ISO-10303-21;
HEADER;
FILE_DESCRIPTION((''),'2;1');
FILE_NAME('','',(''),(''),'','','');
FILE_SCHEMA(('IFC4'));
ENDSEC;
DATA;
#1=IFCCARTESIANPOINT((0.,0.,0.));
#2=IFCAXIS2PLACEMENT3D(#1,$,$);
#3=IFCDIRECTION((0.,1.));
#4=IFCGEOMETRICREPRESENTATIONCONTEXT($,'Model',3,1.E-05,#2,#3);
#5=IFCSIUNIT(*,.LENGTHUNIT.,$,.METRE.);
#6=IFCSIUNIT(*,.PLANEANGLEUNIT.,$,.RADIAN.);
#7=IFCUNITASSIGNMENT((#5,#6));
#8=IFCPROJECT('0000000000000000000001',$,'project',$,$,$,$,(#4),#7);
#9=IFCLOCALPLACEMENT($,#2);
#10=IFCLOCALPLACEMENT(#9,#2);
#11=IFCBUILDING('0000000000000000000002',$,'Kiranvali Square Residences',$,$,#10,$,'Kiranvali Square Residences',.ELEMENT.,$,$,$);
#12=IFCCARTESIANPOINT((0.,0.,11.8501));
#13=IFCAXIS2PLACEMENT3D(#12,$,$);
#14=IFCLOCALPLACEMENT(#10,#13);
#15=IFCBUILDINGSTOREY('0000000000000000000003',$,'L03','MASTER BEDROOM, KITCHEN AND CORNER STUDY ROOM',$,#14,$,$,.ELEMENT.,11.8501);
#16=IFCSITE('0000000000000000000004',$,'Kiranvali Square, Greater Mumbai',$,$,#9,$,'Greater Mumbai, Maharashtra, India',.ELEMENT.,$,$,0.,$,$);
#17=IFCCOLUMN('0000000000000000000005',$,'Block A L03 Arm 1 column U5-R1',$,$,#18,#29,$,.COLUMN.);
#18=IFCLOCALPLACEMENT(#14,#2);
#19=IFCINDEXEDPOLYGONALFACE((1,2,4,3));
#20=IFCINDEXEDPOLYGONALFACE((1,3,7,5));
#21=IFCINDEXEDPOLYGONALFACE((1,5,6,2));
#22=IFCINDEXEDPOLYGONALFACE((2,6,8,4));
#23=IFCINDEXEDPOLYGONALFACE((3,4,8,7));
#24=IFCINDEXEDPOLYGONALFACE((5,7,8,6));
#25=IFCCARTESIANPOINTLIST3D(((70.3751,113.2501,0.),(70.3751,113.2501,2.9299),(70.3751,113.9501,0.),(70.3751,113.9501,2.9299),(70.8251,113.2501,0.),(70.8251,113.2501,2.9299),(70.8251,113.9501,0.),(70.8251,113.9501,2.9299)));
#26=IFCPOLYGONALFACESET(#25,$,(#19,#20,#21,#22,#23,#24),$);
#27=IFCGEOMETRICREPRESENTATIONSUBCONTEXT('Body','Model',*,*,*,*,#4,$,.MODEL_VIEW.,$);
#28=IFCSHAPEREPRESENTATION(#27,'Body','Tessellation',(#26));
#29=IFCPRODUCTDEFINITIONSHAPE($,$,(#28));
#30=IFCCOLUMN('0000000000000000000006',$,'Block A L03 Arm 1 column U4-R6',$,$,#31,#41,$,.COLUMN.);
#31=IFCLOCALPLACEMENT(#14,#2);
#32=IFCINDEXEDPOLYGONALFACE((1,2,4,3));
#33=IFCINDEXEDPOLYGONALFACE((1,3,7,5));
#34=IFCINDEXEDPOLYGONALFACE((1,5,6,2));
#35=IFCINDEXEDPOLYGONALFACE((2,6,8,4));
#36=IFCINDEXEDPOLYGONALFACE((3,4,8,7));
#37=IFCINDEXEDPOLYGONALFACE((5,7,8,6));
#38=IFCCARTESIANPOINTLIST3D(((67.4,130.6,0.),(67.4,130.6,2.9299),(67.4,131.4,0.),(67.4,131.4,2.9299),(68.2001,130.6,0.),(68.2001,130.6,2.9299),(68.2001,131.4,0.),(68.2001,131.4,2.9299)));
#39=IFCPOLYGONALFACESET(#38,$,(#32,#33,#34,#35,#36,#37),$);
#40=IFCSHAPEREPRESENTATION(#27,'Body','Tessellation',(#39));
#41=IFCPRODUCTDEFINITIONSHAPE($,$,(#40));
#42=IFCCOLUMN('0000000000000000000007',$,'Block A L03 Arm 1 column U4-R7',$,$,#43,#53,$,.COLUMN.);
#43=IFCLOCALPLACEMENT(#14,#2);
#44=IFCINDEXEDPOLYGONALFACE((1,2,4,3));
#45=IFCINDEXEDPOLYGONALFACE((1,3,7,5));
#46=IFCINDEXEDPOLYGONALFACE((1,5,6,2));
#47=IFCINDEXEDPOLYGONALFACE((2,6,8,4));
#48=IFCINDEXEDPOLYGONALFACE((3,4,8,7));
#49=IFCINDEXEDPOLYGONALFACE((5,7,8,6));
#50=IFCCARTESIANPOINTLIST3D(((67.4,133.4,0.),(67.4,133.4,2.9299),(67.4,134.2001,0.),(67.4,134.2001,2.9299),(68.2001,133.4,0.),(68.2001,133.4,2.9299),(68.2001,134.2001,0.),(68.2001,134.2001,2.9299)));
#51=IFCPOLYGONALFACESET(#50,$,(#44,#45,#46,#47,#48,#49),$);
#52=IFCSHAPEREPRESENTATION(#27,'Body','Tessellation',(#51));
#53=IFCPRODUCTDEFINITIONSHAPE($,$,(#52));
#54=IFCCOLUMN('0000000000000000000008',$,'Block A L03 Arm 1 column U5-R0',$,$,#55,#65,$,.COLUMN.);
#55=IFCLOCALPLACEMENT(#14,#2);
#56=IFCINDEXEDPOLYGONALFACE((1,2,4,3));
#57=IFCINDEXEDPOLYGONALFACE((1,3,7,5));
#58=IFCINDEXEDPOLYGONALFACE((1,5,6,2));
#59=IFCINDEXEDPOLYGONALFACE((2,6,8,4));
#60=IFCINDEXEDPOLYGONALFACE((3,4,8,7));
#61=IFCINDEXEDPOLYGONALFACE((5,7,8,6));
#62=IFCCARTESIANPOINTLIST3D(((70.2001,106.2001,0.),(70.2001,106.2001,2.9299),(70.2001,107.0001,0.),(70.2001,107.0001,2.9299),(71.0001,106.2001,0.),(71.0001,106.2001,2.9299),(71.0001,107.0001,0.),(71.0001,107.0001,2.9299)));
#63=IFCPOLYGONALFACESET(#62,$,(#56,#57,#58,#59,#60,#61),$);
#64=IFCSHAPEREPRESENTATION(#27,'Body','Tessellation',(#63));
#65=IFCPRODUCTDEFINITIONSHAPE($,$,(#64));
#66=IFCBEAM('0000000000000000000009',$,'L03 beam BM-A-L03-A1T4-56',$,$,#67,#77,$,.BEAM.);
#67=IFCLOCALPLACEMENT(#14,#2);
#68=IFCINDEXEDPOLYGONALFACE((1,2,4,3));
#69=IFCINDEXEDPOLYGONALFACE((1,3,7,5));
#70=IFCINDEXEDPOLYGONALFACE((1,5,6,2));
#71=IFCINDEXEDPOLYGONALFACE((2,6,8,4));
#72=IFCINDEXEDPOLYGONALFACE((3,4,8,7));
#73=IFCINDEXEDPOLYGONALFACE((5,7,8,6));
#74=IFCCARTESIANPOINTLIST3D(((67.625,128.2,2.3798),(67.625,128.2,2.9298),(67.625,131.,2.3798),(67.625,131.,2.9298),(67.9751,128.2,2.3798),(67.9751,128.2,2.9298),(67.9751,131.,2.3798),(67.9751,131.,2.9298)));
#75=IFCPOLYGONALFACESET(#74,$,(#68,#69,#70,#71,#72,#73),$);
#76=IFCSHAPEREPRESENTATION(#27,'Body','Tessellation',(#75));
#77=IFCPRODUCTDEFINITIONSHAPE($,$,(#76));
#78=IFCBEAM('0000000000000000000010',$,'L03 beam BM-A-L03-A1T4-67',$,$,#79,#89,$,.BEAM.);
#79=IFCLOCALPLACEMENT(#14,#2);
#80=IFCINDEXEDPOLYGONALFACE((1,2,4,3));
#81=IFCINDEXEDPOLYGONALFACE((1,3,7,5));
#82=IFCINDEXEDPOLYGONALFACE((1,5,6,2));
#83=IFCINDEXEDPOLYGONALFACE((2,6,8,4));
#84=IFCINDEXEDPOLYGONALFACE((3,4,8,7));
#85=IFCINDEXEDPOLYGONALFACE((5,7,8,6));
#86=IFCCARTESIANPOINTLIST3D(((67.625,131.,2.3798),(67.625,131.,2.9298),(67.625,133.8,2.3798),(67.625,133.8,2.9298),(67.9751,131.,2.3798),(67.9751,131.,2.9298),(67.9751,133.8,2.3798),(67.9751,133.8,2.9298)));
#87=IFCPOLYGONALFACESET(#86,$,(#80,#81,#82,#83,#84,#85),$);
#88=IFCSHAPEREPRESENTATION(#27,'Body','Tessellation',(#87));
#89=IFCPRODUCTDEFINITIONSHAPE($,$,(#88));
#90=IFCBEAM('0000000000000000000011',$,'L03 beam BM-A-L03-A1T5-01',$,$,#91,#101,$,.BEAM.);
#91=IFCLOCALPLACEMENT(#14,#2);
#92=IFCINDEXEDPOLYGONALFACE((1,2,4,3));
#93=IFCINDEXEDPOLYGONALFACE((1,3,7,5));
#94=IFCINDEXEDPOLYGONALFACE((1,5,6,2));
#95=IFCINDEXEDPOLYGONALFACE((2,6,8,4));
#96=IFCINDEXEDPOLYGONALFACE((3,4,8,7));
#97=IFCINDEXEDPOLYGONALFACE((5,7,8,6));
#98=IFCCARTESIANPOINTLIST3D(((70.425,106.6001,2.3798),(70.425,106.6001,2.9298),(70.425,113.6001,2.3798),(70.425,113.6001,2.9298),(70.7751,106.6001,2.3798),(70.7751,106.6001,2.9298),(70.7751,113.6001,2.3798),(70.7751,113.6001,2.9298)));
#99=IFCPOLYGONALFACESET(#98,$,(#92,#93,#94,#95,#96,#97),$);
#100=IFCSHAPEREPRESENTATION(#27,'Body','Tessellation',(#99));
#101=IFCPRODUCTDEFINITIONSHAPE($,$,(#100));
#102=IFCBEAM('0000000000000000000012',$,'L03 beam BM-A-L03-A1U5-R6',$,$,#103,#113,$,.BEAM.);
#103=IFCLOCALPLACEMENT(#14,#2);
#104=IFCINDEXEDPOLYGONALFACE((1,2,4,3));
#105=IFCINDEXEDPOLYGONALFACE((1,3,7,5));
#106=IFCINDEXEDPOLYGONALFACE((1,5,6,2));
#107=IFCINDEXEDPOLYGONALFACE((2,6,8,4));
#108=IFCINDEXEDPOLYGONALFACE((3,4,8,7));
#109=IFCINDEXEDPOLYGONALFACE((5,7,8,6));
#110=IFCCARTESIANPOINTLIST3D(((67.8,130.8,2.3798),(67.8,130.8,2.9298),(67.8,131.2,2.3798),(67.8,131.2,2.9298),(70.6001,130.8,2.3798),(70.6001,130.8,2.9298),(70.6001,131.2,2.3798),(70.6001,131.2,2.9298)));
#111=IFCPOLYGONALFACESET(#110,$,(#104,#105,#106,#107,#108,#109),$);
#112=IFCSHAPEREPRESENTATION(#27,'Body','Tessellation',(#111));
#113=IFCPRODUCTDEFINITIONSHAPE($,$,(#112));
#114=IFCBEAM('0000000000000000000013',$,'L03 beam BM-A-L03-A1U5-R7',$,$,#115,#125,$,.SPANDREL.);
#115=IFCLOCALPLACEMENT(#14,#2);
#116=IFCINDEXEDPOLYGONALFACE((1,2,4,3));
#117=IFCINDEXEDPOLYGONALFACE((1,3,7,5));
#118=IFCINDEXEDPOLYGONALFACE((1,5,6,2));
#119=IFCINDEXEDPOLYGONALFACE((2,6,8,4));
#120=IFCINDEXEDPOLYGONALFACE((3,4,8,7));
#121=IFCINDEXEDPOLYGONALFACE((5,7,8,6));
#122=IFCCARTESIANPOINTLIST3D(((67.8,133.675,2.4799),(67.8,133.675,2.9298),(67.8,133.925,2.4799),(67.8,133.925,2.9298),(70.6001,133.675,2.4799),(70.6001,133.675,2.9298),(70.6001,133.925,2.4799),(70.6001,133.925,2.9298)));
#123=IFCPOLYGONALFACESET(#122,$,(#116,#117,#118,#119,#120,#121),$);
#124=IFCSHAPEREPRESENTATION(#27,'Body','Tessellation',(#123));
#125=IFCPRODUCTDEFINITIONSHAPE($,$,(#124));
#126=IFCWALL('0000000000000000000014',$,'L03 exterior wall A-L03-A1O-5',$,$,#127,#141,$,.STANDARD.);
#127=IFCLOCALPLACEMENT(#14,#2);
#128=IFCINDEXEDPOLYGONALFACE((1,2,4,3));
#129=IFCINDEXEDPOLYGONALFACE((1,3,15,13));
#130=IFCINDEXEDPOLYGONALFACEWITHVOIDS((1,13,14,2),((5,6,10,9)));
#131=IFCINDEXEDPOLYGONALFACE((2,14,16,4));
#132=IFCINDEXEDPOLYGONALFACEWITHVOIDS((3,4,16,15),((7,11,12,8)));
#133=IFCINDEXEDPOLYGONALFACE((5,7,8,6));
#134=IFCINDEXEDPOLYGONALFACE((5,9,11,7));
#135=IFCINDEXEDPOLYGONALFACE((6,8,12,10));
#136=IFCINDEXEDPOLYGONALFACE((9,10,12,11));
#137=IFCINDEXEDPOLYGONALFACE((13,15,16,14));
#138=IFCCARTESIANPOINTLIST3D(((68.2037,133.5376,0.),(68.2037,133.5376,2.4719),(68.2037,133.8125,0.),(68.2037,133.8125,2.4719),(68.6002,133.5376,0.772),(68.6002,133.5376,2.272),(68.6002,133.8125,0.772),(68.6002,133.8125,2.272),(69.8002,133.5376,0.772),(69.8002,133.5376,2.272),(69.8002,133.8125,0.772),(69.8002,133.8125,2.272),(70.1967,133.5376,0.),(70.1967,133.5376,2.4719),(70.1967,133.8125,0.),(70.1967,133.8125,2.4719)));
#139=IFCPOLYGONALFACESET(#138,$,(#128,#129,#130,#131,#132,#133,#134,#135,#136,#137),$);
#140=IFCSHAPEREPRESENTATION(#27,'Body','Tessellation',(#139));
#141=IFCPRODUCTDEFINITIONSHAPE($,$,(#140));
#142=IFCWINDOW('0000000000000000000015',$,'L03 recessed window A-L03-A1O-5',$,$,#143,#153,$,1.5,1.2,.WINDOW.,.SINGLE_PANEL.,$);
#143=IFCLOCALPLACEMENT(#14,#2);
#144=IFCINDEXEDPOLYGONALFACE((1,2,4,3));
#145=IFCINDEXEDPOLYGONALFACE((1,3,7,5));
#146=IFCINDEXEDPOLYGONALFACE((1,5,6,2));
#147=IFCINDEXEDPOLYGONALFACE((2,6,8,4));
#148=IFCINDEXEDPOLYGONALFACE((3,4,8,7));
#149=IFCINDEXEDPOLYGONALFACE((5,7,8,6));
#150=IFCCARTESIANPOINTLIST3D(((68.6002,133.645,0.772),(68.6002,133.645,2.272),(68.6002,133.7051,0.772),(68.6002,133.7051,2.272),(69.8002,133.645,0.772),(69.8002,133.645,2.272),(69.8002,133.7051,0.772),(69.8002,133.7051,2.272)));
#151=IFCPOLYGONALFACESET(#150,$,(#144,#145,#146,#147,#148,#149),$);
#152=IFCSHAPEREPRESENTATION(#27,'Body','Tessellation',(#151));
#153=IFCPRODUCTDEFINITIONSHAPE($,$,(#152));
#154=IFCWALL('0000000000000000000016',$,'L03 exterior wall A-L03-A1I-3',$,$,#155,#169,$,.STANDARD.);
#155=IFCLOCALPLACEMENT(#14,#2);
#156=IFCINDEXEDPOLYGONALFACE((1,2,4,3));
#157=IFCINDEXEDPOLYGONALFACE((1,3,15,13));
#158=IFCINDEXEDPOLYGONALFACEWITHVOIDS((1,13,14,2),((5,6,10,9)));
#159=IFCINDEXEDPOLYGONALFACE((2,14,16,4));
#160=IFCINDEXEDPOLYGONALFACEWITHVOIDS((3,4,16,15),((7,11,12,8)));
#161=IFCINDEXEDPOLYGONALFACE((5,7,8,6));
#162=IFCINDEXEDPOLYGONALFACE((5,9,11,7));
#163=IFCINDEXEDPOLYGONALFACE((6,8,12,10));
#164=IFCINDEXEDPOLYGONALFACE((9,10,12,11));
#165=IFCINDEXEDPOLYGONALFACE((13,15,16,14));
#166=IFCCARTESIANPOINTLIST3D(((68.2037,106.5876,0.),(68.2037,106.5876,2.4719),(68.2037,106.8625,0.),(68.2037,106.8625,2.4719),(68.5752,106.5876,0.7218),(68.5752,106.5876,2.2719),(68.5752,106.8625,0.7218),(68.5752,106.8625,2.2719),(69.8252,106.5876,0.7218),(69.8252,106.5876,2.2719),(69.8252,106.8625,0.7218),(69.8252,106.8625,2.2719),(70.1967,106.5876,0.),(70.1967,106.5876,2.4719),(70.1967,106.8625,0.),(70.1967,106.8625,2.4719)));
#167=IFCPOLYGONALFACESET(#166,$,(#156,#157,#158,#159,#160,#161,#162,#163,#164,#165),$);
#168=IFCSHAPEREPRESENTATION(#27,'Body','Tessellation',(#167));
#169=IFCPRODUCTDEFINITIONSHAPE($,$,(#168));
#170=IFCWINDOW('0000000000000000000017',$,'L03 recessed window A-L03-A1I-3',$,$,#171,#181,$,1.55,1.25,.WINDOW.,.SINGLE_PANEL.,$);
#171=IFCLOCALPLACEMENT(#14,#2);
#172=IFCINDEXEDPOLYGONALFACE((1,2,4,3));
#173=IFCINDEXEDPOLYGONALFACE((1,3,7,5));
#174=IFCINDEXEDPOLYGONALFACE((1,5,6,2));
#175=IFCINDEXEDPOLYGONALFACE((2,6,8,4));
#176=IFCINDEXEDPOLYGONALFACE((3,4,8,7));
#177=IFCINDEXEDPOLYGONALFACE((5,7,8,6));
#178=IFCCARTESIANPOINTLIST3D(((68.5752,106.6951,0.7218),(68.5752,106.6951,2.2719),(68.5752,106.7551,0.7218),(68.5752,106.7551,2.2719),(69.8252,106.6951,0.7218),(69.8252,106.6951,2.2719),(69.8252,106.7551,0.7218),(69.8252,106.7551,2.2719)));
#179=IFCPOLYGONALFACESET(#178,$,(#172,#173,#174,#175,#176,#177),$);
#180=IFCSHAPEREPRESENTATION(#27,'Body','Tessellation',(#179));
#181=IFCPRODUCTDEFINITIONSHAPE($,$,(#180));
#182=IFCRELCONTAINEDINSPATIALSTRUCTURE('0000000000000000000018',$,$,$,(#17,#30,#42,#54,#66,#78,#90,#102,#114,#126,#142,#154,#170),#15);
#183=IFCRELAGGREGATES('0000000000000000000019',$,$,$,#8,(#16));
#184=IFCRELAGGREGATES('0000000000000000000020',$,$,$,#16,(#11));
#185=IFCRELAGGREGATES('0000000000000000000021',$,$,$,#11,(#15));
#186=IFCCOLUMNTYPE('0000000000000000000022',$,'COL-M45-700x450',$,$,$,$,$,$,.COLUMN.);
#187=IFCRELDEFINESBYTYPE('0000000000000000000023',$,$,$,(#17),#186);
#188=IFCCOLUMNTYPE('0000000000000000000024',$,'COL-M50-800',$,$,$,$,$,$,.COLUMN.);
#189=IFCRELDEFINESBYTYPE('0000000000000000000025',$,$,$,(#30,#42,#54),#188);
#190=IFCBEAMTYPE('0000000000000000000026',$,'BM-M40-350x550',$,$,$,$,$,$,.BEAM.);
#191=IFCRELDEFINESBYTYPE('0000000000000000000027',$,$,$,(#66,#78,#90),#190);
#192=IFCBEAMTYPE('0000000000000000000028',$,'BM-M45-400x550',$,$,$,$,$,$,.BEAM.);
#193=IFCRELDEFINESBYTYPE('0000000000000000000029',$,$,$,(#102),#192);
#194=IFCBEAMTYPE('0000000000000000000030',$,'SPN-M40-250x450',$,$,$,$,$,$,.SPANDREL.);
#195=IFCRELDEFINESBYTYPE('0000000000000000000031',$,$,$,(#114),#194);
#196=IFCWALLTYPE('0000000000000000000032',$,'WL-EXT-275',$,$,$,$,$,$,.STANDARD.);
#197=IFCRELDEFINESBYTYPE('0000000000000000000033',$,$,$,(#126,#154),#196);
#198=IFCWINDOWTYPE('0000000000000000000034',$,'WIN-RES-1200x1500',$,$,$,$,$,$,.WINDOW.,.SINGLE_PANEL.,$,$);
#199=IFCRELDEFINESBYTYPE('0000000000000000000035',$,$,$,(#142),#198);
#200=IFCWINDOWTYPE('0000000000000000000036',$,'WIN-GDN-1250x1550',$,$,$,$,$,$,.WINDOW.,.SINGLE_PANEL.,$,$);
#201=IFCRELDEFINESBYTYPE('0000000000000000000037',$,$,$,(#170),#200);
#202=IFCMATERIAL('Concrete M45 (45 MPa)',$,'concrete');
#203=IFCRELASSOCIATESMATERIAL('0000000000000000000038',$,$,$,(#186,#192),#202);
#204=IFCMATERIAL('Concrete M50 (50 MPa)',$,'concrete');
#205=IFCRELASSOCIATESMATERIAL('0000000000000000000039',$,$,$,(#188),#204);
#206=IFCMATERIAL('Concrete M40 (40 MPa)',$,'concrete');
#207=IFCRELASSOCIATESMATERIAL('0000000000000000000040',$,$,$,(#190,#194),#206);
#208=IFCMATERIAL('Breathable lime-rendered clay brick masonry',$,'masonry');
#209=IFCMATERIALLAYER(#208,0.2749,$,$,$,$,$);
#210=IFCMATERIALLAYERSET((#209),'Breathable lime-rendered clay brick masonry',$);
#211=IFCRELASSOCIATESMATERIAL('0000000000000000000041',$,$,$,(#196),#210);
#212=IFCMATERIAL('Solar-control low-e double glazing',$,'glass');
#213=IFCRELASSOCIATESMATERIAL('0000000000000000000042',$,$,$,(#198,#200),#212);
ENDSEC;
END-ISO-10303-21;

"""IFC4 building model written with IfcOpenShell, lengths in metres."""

from ifc_helpers import new_model, si_unit, direction, frame, frame_2d, origin, origin_2d, place, context, subcontext, project, spatial, rectangle, extrude, material, layer, layer_set, material_profile, profile_set, type_object, element, fill, save


model = new_model("IFC4")

# Units and contexts
model_context = context("Model", 3, precision=1e-05, world=origin(), true_north=direction((0.0, 1.0)))
body_context = subcontext(model_context, "Body", "Model", "MODEL_VIEW")
ifc_project = project(units=[si_unit("LENGTHUNIT", "METRE"), si_unit("PLANEANGLEUNIT", "RADIAN")], contexts=[model_context])

# Site, building, storey
site_placement = place(None, origin())
site = spatial("IfcSite", under=ifc_project, at=site_placement, Name="Kiranvali Square, Greater Mumbai", LongName="Greater Mumbai, Maharashtra, India", CompositionType="ELEMENT", RefElevation=0.0)
building_placement = place(site_placement, origin())
building = spatial("IfcBuilding", under=site, at=building_placement, Name="Kiranvali Square Residences", LongName="Kiranvali Square Residences", CompositionType="ELEMENT")
storey_placement = place(building_placement, frame((0.0, 0.0, 11.8501)))
storey = spatial("IfcBuildingStorey", under=building, at=storey_placement, Name="L03", Description="MASTER BEDROOM, KITCHEN AND CORNER STUDY ROOM", CompositionType="ELEMENT", Elevation=11.8501)

# Columns
ifc_material_1 = material(Name="Concrete M45 (45 MPa)", Category="concrete")
ifc_material_profile_1 = material_profile(ifc_material_1, rectangle(XDim=0.45, YDim=0.7, at=origin_2d()), Name="RC 700x450")
ifc_profile_set_1 = profile_set([ifc_material_profile_1], Name="Concrete M45 (45 MPa)")
column_type_1 = type_object("IfcColumnType", Name="COL-M45-700x450", PredefinedType="COLUMN", material=ifc_profile_set_1)
column_placement = place(storey_placement, frame((70.6001, 113.6001, 0.0), z_axis=(0.0, 0.0, 1.0), x_axis=(1.0, 0.0, 0.0)))
element("IfcColumn", 1, at=column_placement, inside=storey, type_object=column_type_1, Name="Block A L03 Arm 1 column U5-R1", PredefinedType="COLUMN", context=body_context, shape_type="SweptSolid", body=[
    extrude(rectangle(XDim=0.45, YDim=0.7, at=origin_2d()), origin(), (0.0, 0.0, 1.0), 2.9299),
])
ifc_material_2 = material(Name="Concrete M50 (50 MPa)", Category="concrete")
ifc_material_profile_2 = material_profile(ifc_material_2, rectangle(XDim=0.8, YDim=0.8, at=origin_2d()), Name="RC 800x800")
ifc_profile_set_2 = profile_set([ifc_material_profile_2], Name="Concrete M50 (50 MPa)")
column_type_2 = type_object("IfcColumnType", Name="COL-M50-800", PredefinedType="COLUMN", material=ifc_profile_set_2)
for number, where, z_axis, x_axis, name in (
    (2, (67.8, 131.0, 0.0), (0.0, 0.0, 1.0), (1.0, 0.0, 0.0), "Block A L03 Arm 1 column U4-R6"),
    (3, (67.8, 133.8, 0.0), (0.0, 0.0, 1.0), (1.0, 0.0, 0.0), "Block A L03 Arm 1 column U4-R7"),
    (4, (70.6001, 106.6001, 0.0), (0.0, 0.0, 1.0), (1.0, 0.0, 0.0), "Block A L03 Arm 1 column U5-R0"),
):
    element("IfcColumn", number, at=place(storey_placement, frame(where, z_axis=z_axis, x_axis=x_axis)), inside=storey, type_object=column_type_2, Name=name, PredefinedType="COLUMN", context=body_context, shape_type="SweptSolid", body=[
        extrude(rectangle(XDim=0.8, YDim=0.8, at=origin_2d()), origin(), (0.0, 0.0, 1.0), 2.9299),
    ])

# Beams
ifc_material_3 = material(Name="Concrete M40 (40 MPa)", Category="concrete")
ifc_material_profile_3 = material_profile(ifc_material_3, rectangle(XDim=0.3501, YDim=0.55, at=origin_2d()), Name="RC 350x550")
ifc_profile_set_3 = profile_set([ifc_material_profile_3], Name="Concrete M40 (40 MPa)")
beam_type_1 = type_object("IfcBeamType", Name="BM-M40-350x550", PredefinedType="BEAM", material=ifc_profile_set_3)
for number, where, z_axis, x_axis, name in (
    (5, (67.8, 128.2, 2.6548), (0.0, 1.0, 0.0), (-1.0, 0.0, 0.0), "L03 beam BM-A-L03-A1T4-56"),
    (6, (67.8, 131.0, 2.6548), (0.0, 1.0, 0.0), (-1.0, 0.0, 0.0), "L03 beam BM-A-L03-A1T4-67"),
):
    element("IfcBeam", number, at=place(storey_placement, frame(where, z_axis=z_axis, x_axis=x_axis)), inside=storey, type_object=beam_type_1, Name=name, PredefinedType="BEAM", context=body_context, shape_type="SweptSolid", body=[
        extrude(rectangle(XDim=0.3501, YDim=0.55, at=origin_2d()), origin(), (0.0, 0.0, 1.0), 2.8),
    ])
beam_1_placement = place(storey_placement, frame((70.6001, 106.6001, 2.6548), z_axis=(0.0, 1.0, 0.0), x_axis=(-1.0, 0.0, 0.0)))
element("IfcBeam", 7, at=beam_1_placement, inside=storey, type_object=beam_type_1, Name="L03 beam BM-A-L03-A1T5-01", PredefinedType="BEAM", context=body_context, shape_type="SweptSolid", body=[
    extrude(rectangle(XDim=0.3501, YDim=0.55, at=origin_2d()), origin(), (0.0, 0.0, 1.0), 7.0),
])
ifc_material_profile_4 = material_profile(ifc_material_1, rectangle(XDim=0.3999, YDim=0.55, at=origin_2d()), Name="RC 400x550")
ifc_profile_set_4 = profile_set([ifc_material_profile_4], Name="Concrete M45 (45 MPa)")
beam_type_2 = type_object("IfcBeamType", Name="BM-M45-400x550", PredefinedType="BEAM", material=ifc_profile_set_4)
beam_2_placement = place(storey_placement, frame((67.8, 131.0, 2.6548), z_axis=(1.0, 0.0, 0.0), x_axis=(0.0, 1.0, 0.0)))
element("IfcBeam", 8, at=beam_2_placement, inside=storey, type_object=beam_type_2, Name="L03 beam BM-A-L03-A1U5-R6", PredefinedType="BEAM", context=body_context, shape_type="SweptSolid", body=[
    extrude(rectangle(XDim=0.3999, YDim=0.55, at=origin_2d()), origin(), (0.0, 0.0, 1.0), 2.8),
])
ifc_material_profile_5 = material_profile(ifc_material_3, rectangle(XDim=0.25, YDim=0.45, at=origin_2d()), Name="RC 250x450")
ifc_profile_set_5 = profile_set([ifc_material_profile_5], Name="Concrete M40 (40 MPa)")
beam_type_3 = type_object("IfcBeamType", Name="SPN-M40-250x450", PredefinedType="SPANDREL", material=ifc_profile_set_5)
beam_3_placement = place(storey_placement, frame((67.8, 133.8, 2.7048), z_axis=(1.0, 0.0, 0.0), x_axis=(0.0, 1.0, 0.0)))
element("IfcBeam", 9, at=beam_3_placement, inside=storey, type_object=beam_type_3, Name="L03 beam BM-A-L03-A1U5-R7", PredefinedType="SPANDREL", context=body_context, shape_type="SweptSolid", body=[
    extrude(rectangle(XDim=0.25, YDim=0.45, at=origin_2d()), origin(), (0.0, 0.0, 1.0), 2.8),
])

# Walls, openings, windows
ifc_material_4 = material(Name="Breathable lime-rendered clay brick masonry", Category="masonry")
ifc_layer_1 = layer(ifc_material_4, 0.2749)
ifc_layer_set_1 = layer_set([ifc_layer_1], Name="Breathable lime-rendered clay brick masonry")
wall_type_1 = type_object("IfcWallType", Name="WL-EXT-275", PredefinedType="STANDARD", material=ifc_layer_set_1)
wall_1_placement = place(storey_placement, frame((68.2036, 133.675, 0.0), z_axis=(0.0, 0.0, 1.0), x_axis=(1.0, 0.0, 0.0)))
wall_1 = element("IfcWall", 10, at=wall_1_placement, inside=storey, type_object=wall_type_1, Name="L03 exterior wall A-L03-A1O-5", PredefinedType="STANDARD", context=body_context, shape_type="SweptSolid", body=[
    extrude(rectangle(XDim=1.9929, YDim=0.2749, at=frame_2d((0.9966, 0.0))), origin(), (0.0, 0.0, 1.0), 2.4719),
])
opening_1_placement = place(wall_1_placement, frame((0.3965, 0.0, 0.772)))
opening_1 = element("IfcOpeningElement", 11, at=opening_1_placement, cuts=wall_1, PredefinedType="OPENING", context=body_context, shape_type="SweptSolid", body=[
    extrude(rectangle(XDim=1.2, YDim=1.5, at=frame_2d((0.6001, 0.75))), frame((0.0, 0.1475, 0.0), z_axis=(0.0, -1.0, 0.0), x_axis=(1.0, 0.0, 0.0)), (0.0, 0.0, 1.0), 0.2949),
])
ifc_material_5 = material(Name="Solar-control low-e double glazing", Category="glass")
window_type_1 = type_object("IfcWindowType", Name="WIN-RES-1200x1500", PartitioningType="SINGLE_PANEL", PredefinedType="WINDOW", material=ifc_material_5)
window_1_placement = place(opening_1_placement, origin())
window_1 = element("IfcWindow", 12, at=window_1_placement, inside=storey, type_object=window_type_1, Name="L03 recessed window A-L03-A1O-5", OverallHeight=1.5, OverallWidth=1.2, PartitioningType="SINGLE_PANEL", PredefinedType="WINDOW", context=body_context, shape_type="SweptSolid", body=[
    extrude(rectangle(XDim=1.2, YDim=1.5, at=frame_2d((0.6001, 0.75))), frame((0.0, 0.03, 0.0), z_axis=(0.0, -1.0, 0.0), x_axis=(1.0, 0.0, 0.0)), (0.0, 0.0, 1.0), 0.0601),
])
fill(opening_1, window_1)
wall_2_placement = place(storey_placement, frame((68.2036, 106.7251, 0.0), z_axis=(0.0, 0.0, 1.0), x_axis=(1.0, 0.0, 0.0)))
wall_2 = element("IfcWall", 13, at=wall_2_placement, inside=storey, type_object=wall_type_1, Name="L03 exterior wall A-L03-A1I-3", PredefinedType="STANDARD", context=body_context, shape_type="SweptSolid", body=[
    extrude(rectangle(XDim=1.9929, YDim=0.2749, at=frame_2d((0.9966, 0.0))), origin(), (0.0, 0.0, 1.0), 2.4719),
])
opening_2_placement = place(wall_2_placement, frame((0.3716, 0.0, 0.7219)))
opening_2 = element("IfcOpeningElement", 14, at=opening_2_placement, cuts=wall_2, PredefinedType="OPENING", context=body_context, shape_type="SweptSolid", body=[
    extrude(rectangle(XDim=1.25, YDim=1.55, at=frame_2d((0.625, 0.7749))), frame((0.0, 0.1475, 0.0), z_axis=(0.0, -1.0, 0.0), x_axis=(1.0, 0.0, 0.0)), (0.0, 0.0, 1.0), 0.2949),
])
window_type_2 = type_object("IfcWindowType", Name="WIN-GDN-1250x1550", PartitioningType="SINGLE_PANEL", PredefinedType="WINDOW", material=ifc_material_5)
window_2_placement = place(opening_2_placement, origin())
window_2 = element("IfcWindow", 15, at=window_2_placement, inside=storey, type_object=window_type_2, Name="L03 recessed window A-L03-A1I-3", OverallHeight=1.55, OverallWidth=1.25, PartitioningType="SINGLE_PANEL", PredefinedType="WINDOW", context=body_context, shape_type="SweptSolid", body=[
    extrude(rectangle(XDim=1.25, YDim=1.55, at=frame_2d((0.625, 0.7749))), frame((0.0, 0.03, 0.0), z_axis=(0.0, -1.0, 0.0), x_axis=(1.0, 0.0, 0.0)), (0.0, 0.0, 1.0), 0.0601),
])
fill(opening_2, window_2)

save(model, "model.ifc")
